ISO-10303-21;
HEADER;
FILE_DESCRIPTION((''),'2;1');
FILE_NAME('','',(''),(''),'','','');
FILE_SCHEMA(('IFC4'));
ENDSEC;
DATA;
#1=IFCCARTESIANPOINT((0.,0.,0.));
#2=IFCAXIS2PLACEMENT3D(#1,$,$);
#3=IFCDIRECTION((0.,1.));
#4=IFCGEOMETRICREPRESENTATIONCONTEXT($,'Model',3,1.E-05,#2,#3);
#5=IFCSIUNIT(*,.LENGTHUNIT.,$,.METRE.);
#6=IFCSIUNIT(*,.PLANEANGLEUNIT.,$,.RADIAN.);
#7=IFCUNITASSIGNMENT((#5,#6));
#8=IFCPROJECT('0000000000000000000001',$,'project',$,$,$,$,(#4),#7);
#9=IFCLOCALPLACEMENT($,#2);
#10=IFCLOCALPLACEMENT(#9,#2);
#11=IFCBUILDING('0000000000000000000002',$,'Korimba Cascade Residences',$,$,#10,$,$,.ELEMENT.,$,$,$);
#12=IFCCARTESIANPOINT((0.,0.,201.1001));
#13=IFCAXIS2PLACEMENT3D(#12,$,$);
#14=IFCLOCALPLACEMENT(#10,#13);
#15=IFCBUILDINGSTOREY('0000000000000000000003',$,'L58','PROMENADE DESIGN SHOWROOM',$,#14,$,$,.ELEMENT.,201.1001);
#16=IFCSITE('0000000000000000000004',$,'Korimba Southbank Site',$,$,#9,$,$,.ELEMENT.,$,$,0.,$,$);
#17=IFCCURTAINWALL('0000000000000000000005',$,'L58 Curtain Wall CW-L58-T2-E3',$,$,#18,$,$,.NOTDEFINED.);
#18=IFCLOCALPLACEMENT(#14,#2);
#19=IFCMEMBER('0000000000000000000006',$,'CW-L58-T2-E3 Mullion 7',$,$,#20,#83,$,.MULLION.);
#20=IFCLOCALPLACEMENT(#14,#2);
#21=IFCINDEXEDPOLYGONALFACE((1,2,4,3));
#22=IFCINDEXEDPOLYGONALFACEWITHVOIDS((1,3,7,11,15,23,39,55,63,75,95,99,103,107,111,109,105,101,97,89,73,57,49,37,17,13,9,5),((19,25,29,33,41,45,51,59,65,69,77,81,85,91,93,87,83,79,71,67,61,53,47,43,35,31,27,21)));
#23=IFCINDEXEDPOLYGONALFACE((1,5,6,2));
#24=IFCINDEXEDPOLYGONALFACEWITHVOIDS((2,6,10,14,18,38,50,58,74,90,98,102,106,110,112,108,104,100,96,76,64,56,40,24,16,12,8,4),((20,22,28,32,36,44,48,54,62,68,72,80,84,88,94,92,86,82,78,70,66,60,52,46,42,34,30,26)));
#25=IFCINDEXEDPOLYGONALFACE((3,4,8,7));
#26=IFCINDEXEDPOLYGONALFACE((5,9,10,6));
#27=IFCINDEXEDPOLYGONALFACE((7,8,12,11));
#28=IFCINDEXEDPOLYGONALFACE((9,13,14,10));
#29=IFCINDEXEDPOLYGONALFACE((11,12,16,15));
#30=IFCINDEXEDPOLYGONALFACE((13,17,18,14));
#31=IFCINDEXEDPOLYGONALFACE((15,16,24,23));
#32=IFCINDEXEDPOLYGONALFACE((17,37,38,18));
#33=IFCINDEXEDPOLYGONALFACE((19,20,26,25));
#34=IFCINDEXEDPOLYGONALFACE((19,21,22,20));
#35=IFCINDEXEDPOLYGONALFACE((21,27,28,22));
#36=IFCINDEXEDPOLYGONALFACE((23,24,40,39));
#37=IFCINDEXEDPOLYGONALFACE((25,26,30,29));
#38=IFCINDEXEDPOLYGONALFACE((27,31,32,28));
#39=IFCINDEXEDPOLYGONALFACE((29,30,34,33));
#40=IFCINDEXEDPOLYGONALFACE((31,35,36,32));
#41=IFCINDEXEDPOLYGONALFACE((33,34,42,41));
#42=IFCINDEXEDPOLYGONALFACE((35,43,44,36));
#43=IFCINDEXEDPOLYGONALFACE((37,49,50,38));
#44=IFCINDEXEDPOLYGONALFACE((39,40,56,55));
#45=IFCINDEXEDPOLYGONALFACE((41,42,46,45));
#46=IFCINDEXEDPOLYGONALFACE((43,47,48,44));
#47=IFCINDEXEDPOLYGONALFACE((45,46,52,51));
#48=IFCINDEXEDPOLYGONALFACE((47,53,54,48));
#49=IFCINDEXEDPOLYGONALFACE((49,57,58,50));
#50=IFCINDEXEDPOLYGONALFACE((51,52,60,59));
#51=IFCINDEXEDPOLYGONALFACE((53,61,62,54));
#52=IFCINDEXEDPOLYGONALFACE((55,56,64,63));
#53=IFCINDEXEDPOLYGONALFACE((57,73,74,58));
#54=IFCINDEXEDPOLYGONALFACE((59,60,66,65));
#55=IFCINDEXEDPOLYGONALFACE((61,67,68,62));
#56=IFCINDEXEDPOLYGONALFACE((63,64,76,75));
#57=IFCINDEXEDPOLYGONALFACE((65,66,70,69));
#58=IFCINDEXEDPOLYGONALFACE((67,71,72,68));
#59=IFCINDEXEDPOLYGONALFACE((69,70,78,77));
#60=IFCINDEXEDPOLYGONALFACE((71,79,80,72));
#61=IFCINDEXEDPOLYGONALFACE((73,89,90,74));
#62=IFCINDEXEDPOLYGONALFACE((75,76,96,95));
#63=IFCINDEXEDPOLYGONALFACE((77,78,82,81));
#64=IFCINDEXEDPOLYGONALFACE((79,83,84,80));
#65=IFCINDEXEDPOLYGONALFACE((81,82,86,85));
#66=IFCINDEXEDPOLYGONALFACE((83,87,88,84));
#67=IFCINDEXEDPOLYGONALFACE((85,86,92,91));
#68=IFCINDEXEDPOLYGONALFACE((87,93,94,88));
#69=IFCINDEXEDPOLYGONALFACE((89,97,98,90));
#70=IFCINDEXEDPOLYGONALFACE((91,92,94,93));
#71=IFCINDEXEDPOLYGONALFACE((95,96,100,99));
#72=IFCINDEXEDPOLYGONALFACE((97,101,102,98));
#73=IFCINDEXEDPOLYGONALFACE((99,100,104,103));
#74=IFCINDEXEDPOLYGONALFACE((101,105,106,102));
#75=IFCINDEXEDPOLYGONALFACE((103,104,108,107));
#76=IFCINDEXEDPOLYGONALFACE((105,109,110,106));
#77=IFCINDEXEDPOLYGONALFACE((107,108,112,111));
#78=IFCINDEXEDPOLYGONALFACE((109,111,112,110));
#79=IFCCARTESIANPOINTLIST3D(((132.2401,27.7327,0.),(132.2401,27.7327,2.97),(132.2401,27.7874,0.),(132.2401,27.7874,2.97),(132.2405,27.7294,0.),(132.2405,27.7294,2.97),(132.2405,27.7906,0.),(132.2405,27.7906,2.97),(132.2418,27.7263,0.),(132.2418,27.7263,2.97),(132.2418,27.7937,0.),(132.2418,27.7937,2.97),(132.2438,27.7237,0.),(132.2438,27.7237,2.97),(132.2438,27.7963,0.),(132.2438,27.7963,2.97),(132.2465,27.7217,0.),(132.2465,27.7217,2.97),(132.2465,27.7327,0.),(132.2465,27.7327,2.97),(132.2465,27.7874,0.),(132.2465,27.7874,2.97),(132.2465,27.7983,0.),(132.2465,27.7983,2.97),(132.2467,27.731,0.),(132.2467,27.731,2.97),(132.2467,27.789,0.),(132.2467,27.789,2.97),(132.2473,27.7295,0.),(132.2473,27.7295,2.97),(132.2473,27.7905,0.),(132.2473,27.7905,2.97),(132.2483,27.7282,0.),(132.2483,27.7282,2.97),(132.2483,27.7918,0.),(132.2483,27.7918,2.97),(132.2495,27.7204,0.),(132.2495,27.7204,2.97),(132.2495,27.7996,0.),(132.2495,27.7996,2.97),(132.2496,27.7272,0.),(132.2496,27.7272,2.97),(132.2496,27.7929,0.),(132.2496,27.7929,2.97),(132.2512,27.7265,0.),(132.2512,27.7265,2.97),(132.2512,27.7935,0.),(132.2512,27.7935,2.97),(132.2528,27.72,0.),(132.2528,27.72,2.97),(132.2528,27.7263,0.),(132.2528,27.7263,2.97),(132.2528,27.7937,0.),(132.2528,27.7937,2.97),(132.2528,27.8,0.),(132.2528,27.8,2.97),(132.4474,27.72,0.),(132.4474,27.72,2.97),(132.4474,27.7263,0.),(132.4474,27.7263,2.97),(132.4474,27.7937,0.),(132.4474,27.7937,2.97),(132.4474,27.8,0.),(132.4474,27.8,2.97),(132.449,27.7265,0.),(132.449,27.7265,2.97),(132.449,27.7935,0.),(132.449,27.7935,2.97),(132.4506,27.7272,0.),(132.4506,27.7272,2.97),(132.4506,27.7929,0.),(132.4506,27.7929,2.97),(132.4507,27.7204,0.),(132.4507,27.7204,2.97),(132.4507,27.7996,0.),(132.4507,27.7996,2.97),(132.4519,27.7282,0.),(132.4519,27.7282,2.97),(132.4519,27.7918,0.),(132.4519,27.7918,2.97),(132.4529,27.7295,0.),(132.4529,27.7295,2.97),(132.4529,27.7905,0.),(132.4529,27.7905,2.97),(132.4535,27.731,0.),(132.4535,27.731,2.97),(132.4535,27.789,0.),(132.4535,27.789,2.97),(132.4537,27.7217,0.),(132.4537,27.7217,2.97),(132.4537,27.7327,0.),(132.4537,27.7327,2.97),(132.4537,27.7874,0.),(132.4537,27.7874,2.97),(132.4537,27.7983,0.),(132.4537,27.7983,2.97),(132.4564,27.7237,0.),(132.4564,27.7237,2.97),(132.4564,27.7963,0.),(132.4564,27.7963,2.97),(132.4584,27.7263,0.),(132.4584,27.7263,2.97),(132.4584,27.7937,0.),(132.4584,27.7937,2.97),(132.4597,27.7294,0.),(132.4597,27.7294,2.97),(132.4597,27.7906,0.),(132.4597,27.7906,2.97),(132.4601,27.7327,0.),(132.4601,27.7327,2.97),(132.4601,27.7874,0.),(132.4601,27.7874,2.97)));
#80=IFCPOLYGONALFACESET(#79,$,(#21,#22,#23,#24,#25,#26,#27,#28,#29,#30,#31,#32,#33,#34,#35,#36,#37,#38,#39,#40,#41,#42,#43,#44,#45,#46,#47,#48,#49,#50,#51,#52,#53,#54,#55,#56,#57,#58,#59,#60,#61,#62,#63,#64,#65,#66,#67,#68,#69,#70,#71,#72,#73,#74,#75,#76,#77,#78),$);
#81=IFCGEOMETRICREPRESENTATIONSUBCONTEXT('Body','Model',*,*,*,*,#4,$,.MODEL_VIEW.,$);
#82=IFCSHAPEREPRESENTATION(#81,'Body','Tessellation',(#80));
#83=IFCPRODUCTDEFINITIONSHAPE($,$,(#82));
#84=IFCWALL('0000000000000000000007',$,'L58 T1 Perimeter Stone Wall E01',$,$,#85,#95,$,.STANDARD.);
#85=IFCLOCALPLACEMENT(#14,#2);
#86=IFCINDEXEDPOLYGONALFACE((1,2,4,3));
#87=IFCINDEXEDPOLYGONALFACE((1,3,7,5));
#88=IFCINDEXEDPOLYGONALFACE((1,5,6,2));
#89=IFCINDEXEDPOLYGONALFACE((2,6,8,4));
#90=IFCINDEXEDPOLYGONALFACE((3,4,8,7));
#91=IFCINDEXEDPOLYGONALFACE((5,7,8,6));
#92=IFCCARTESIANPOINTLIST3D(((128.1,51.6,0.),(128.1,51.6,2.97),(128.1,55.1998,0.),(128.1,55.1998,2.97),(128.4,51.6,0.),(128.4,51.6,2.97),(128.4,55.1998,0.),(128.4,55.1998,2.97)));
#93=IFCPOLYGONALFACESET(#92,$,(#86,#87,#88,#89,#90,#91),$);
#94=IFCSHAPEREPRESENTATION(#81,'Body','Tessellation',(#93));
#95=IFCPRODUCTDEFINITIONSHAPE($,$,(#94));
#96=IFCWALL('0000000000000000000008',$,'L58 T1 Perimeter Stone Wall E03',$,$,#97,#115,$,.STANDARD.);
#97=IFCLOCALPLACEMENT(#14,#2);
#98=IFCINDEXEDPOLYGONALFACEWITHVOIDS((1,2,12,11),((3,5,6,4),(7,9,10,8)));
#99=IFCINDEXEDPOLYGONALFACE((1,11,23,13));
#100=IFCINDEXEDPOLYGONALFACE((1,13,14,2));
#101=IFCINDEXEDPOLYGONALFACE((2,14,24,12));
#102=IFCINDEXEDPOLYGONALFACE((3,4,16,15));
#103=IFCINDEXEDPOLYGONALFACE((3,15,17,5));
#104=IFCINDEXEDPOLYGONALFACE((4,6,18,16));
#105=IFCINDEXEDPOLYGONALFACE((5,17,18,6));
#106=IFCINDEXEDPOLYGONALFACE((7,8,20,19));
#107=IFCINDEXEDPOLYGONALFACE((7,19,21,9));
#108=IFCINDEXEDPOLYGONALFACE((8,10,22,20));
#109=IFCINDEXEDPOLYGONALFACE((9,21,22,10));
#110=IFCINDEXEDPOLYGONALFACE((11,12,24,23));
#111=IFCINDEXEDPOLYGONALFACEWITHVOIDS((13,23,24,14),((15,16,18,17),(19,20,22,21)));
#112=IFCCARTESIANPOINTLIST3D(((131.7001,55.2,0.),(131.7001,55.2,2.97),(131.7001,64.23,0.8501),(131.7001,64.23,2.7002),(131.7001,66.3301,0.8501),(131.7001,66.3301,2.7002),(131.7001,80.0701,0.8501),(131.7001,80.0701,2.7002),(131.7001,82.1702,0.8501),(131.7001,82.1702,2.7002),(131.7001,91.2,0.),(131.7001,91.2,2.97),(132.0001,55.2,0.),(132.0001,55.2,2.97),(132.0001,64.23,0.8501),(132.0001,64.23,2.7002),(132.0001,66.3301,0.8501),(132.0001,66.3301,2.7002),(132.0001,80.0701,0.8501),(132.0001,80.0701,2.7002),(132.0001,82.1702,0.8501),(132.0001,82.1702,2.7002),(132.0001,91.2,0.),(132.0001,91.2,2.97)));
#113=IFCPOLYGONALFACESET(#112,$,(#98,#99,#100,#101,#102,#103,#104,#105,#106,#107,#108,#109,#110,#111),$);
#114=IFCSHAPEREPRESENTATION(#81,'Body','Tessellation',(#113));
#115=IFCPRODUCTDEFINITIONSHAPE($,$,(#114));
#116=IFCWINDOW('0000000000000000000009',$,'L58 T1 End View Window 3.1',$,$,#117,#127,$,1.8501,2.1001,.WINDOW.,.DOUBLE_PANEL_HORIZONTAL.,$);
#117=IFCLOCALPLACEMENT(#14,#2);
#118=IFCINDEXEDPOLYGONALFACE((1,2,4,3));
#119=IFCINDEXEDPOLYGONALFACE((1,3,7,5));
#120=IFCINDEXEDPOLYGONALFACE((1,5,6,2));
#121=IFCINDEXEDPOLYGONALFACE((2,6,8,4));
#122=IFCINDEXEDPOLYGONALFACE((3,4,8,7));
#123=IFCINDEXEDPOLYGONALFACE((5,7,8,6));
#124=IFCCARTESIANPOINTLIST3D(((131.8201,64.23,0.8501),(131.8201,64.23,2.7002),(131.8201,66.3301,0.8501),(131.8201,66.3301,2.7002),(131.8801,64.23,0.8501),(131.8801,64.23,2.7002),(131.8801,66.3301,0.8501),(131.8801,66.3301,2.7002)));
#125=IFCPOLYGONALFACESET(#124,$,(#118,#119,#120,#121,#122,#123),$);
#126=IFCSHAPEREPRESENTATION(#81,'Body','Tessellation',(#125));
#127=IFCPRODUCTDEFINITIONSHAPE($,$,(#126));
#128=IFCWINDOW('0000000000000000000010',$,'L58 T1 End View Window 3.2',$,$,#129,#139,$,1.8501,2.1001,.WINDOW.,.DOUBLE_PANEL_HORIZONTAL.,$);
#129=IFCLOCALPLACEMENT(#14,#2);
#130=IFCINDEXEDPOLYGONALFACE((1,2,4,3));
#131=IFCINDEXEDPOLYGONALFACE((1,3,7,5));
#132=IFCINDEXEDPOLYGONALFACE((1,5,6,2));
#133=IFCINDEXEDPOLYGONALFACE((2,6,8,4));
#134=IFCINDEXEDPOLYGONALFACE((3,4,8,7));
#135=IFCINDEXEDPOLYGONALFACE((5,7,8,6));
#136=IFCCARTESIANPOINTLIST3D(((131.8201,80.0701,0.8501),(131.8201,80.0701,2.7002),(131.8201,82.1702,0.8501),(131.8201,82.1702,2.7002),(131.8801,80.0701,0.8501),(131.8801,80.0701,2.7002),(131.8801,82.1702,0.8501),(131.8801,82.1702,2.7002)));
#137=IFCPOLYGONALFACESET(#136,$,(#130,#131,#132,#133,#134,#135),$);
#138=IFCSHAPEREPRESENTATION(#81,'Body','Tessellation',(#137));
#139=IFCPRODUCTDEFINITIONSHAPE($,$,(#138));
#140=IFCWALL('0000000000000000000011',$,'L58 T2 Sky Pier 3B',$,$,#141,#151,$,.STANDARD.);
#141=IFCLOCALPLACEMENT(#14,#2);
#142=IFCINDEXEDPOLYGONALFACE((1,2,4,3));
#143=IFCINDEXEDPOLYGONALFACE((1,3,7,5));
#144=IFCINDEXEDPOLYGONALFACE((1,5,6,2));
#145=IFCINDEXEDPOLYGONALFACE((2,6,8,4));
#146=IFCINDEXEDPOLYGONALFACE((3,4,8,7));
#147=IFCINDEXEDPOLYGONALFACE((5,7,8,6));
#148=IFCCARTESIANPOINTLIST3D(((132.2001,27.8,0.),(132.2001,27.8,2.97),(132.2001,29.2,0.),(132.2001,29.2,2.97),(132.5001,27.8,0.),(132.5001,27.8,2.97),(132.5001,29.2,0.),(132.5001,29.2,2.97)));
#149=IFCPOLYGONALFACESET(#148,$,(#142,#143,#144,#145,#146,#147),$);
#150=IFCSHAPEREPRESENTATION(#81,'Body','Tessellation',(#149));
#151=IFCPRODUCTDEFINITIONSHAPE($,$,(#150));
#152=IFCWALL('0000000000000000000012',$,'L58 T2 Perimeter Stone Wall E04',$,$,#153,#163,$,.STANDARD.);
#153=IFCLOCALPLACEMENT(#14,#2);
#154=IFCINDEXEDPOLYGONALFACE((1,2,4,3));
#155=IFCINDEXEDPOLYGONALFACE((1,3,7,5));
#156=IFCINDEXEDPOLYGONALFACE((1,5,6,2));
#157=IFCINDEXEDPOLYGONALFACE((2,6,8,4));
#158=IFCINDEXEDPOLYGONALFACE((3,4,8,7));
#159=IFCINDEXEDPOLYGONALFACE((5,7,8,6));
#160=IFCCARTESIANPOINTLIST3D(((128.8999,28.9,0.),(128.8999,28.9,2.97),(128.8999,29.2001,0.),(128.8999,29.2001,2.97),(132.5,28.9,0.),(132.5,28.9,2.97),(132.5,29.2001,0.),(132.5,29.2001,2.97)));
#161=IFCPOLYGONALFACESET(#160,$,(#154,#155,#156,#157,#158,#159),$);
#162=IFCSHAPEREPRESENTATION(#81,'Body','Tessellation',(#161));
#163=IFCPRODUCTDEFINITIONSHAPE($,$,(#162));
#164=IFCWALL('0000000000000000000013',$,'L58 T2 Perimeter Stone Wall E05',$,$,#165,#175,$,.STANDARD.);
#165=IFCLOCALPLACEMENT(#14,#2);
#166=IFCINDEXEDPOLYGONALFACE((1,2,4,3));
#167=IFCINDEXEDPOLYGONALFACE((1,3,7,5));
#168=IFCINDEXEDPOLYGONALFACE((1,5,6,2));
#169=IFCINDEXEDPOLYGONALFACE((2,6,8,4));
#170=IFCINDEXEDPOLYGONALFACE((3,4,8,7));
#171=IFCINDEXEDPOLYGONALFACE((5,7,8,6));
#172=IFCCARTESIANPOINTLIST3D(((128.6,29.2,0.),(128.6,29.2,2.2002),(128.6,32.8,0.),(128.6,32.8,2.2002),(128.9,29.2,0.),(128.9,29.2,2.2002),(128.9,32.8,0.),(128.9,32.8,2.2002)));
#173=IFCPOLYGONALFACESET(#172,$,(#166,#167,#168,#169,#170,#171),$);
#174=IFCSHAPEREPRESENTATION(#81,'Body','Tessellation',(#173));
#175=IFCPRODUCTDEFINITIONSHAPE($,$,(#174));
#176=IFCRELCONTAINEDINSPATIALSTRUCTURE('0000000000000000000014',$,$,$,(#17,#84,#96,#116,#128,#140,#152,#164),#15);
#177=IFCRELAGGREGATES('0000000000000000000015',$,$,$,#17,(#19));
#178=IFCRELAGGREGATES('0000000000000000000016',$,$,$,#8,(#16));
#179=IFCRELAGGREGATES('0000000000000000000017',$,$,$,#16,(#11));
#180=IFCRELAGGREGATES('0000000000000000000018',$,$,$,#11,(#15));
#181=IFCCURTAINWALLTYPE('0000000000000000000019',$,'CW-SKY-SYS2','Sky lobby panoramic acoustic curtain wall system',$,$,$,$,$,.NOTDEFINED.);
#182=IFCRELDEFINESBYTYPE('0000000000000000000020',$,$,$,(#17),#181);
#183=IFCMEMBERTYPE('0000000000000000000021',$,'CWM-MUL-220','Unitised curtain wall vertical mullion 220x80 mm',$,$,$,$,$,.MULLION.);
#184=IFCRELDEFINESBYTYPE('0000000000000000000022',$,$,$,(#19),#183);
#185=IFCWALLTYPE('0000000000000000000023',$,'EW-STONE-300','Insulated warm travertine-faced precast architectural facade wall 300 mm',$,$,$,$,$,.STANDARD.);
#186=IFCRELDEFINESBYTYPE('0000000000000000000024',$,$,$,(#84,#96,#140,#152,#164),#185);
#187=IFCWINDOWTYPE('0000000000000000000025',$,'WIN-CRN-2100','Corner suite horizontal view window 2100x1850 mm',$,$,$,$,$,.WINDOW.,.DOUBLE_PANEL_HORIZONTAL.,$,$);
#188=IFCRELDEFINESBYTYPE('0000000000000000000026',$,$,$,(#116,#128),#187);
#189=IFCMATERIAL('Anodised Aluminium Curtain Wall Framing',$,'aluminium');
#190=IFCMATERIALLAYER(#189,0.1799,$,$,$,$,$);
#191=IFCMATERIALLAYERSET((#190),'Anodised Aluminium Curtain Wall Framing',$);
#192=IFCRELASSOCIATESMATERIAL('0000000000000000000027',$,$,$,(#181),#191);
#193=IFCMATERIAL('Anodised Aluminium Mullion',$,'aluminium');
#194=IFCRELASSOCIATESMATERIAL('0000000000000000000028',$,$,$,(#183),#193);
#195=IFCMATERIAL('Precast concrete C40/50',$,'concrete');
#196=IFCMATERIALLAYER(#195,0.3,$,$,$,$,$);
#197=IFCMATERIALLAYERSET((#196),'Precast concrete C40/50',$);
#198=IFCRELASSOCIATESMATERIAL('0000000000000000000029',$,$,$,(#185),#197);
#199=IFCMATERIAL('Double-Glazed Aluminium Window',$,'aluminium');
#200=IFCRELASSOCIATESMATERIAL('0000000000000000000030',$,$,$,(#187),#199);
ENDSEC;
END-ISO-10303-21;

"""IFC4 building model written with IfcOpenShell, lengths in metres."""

from ifc_helpers import new_model, si_unit, direction, frame, frame_2d, origin, origin_2d, place, context, subcontext, project, spatial, rectangle, hollow_rectangle, extrude, material, layer, layer_set, material_profile, profile_set, type_object, element, fill, aggregate, save


model = new_model("IFC4")

# Units and contexts
model_context = context("Model", 3, precision=1e-05, world=origin(), true_north=direction((0.0, 1.0)))
body_context = subcontext(model_context, "Body", "Model", "MODEL_VIEW")
ifc_project = project(units=[si_unit("LENGTHUNIT", "METRE"), si_unit("PLANEANGLEUNIT", "RADIAN")], contexts=[model_context])

# Site, building, storey
site_placement = place(None, origin())
site = spatial("IfcSite", under=ifc_project, at=site_placement, Name="Korimba Southbank Site", CompositionType="ELEMENT", RefElevation=0.0)
building_placement = place(site_placement, origin())
building = spatial("IfcBuilding", under=site, at=building_placement, Name="Korimba Cascade Residences", CompositionType="ELEMENT")
storey_placement = place(building_placement, frame((0.0, 0.0, 201.1001)))
storey = spatial("IfcBuildingStorey", under=building, at=storey_placement, Name="L58", Description="PROMENADE DESIGN SHOWROOM", CompositionType="ELEMENT", Elevation=201.1001)

# Curtain wall, member
ifc_material_1 = material(Name="Anodised Aluminium Curtain Wall Framing", Category="aluminium")
ifc_layer_1 = layer(ifc_material_1, 0.1799)
ifc_layer_set_1 = layer_set([ifc_layer_1], Name="Anodised Aluminium Curtain Wall Framing")
curtain_wall_type = type_object("IfcCurtainWallType", Name="CW-SKY-SYS2", Description="Sky lobby panoramic acoustic curtain wall system", PredefinedType="NOTDEFINED", material=ifc_layer_set_1)
curtain_wall_placement = place(storey_placement, origin())
curtain_wall = element("IfcCurtainWall", 1, at=curtain_wall_placement, inside=storey, type_object=curtain_wall_type, Name="L58 Curtain Wall CW-L58-T2-E3", PredefinedType="NOTDEFINED")
ifc_material_2 = material(Name="Anodised Aluminium Mullion", Category="aluminium")
ifc_material_profile_1 = material_profile(ifc_material_2, hollow_rectangle(XDim=0.0801, YDim=0.22, WallThickness=0.0063, InnerFilletRadius=0.0063, OuterFilletRadius=0.0127, at=origin_2d()), Name="Anodised Aluminium Mullion")
ifc_profile_set_1 = profile_set([ifc_material_profile_1], Name="Anodised Aluminium Mullion")
member_type = type_object("IfcMemberType", Name="CWM-MUL-220", Description="Unitised curtain wall vertical mullion 220x80 mm", PredefinedType="MULLION", material=ifc_profile_set_1)
member_placement = place(storey_placement, frame((132.3501, 27.76, 0.0), z_axis=(0.0, 0.0, 1.0), x_axis=(0.0, 1.0, 0.0)))
member = element("IfcMember", 2, at=member_placement, type_object=member_type, Name="CW-L58-T2-E3 Mullion 7", PredefinedType="MULLION", context=body_context, shape_type="SweptSolid", body=[
    extrude(hollow_rectangle(XDim=0.0801, YDim=0.22, WallThickness=0.0063, InnerFilletRadius=0.0063, OuterFilletRadius=0.0127, at=origin_2d()), origin(), (0.0, 0.0, 1.0), 2.97),
])
aggregate(curtain_wall, [member])

# Wall
ifc_material_3 = material(Name="Precast concrete C40/50", Category="concrete")
ifc_layer_2 = layer(ifc_material_3, 0.3)
ifc_layer_set_2 = layer_set([ifc_layer_2], Name="Precast concrete C40/50")
wall_type_1 = type_object("IfcWallType", Name="EW-STONE-300", Description="Insulated warm travertine-faced precast architectural facade wall 300 mm", PredefinedType="STANDARD", material=ifc_layer_set_2)
wall_1_placement = place(storey_placement, frame((128.25, 51.6001, 0.0), z_axis=(0.0, 0.0, 1.0), x_axis=(0.0, 1.0, 0.0)))
element("IfcWall", 3, at=wall_1_placement, inside=storey, type_object=wall_type_1, Name="L58 T1 Perimeter Stone Wall E01", PredefinedType="STANDARD", context=body_context, shape_type="SweptSolid", body=[
    extrude(rectangle(XDim=3.5999, YDim=0.3, at=frame_2d((1.7998, 0.0))), origin(), (0.0, 0.0, 1.0), 2.97),
])

# Wall, openings, windows
wall_2_placement = place(storey_placement, frame((131.8501, 55.2, 0.0), z_axis=(0.0, 0.0, 1.0), x_axis=(0.0, 1.0, 0.0)))
wall_2 = element("IfcWall", 4, at=wall_2_placement, inside=storey, type_object=wall_type_1, Name="L58 T1 Perimeter Stone Wall E03", PredefinedType="STANDARD", context=body_context, shape_type="SweptSolid", body=[
    extrude(rectangle(XDim=36.0, YDim=0.3, at=frame_2d((18.0, 0.0))), origin(), (0.0, 0.0, 1.0), 2.97),
])
opening_1_placement = place(wall_2_placement, frame((9.03, 0.0, 0.8501)))
opening_1 = element("IfcOpeningElement", 5, at=opening_1_placement, cuts=wall_2, PredefinedType="OPENING", context=body_context, shape_type="SweptSolid", body=[
    extrude(rectangle(XDim=2.1001, YDim=1.8501, at=frame_2d((1.05, 0.925))), frame((0.0, 0.1602, 0.0), z_axis=(0.0, -1.0, 0.0), x_axis=(1.0, 0.0, 0.0)), (0.0, 0.0, 1.0), 0.3201),
])
opening_2_placement = place(wall_2_placement, frame((24.8701, 0.0, 0.8501)))
opening_2 = element("IfcOpeningElement", 6, at=opening_2_placement, cuts=wall_2, PredefinedType="OPENING", context=body_context, shape_type="SweptSolid", body=[
    extrude(rectangle(XDim=2.1001, YDim=1.8501, at=frame_2d((1.05, 0.925))), frame((0.0, 0.1602, 0.0), z_axis=(0.0, -1.0, 0.0), x_axis=(1.0, 0.0, 0.0)), (0.0, 0.0, 1.0), 0.3201),
])
ifc_material_4 = material(Name="Double-Glazed Aluminium Window", Category="aluminium")
window_type_1 = type_object("IfcWindowType", Name="WIN-CRN-2100", Description="Corner suite horizontal view window 2100x1850 mm", PartitioningType="DOUBLE_PANEL_HORIZONTAL", PredefinedType="WINDOW", material=ifc_material_4)
window_1_placement = place(opening_1_placement, origin())
window_1 = element("IfcWindow", 7, at=window_1_placement, inside=storey, type_object=window_type_1, Name="L58 T1 End View Window 3.1", OverallHeight=1.8501, OverallWidth=2.1001, PartitioningType="DOUBLE_PANEL_HORIZONTAL", PredefinedType="WINDOW", context=body_context, shape_type="SweptSolid", body=[
    extrude(rectangle(XDim=2.1001, YDim=1.8501, at=frame_2d((1.05, 0.925))), frame((0.0, 0.03, 0.0), z_axis=(0.0, -1.0, 0.0), x_axis=(1.0, 0.0, 0.0)), (0.0, 0.0, 1.0), 0.0601),
])
fill(opening_1, window_1)
window_2_placement = place(opening_2_placement, origin())
window_2 = element("IfcWindow", 8, at=window_2_placement, inside=storey, type_object=window_type_1, Name="L58 T1 End View Window 3.2", OverallHeight=1.8501, OverallWidth=2.1001, PartitioningType="DOUBLE_PANEL_HORIZONTAL", PredefinedType="WINDOW", context=body_context, shape_type="SweptSolid", body=[
    extrude(rectangle(XDim=2.1001, YDim=1.8501, at=frame_2d((1.05, 0.925))), frame((0.0, 0.03, 0.0), z_axis=(0.0, -1.0, 0.0), x_axis=(1.0, 0.0, 0.0)), (0.0, 0.0, 1.0), 0.0601),
])
fill(opening_2, window_2)

# Walls
wall_3_placement = place(storey_placement, frame((132.3501, 27.8, 0.0), z_axis=(0.0, 0.0, 1.0), x_axis=(0.0, 1.0, 0.0)))
element("IfcWall", 9, at=wall_3_placement, inside=storey, type_object=wall_type_1, Name="L58 T2 Sky Pier 3B", PredefinedType="STANDARD", context=body_context, shape_type="SweptSolid", body=[
    extrude(rectangle(XDim=1.3999, YDim=0.3, at=frame_2d((0.7, 0.0))), origin(), (0.0, 0.0, 1.0), 2.97),
])
wall_4_placement = place(storey_placement, frame((132.5, 29.05, 0.0), z_axis=(0.0, 0.0, 1.0), x_axis=(-1.0, 0.0, 0.0)))
element("IfcWall", 10, at=wall_4_placement, inside=storey, type_object=wall_type_1, Name="L58 T2 Perimeter Stone Wall E04", PredefinedType="STANDARD", context=body_context, shape_type="SweptSolid", body=[
    extrude(rectangle(XDim=3.6001, YDim=0.3, at=frame_2d((1.8, 0.0))), origin(), (0.0, 0.0, 1.0), 2.97),
])
wall_5_placement = place(storey_placement, frame((128.75, 29.2, 0.0), z_axis=(0.0, 0.0, 1.0), x_axis=(0.0, 1.0, 0.0)))
element("IfcWall", 11, at=wall_5_placement, inside=storey, type_object=wall_type_1, Name="L58 T2 Perimeter Stone Wall E05", PredefinedType="STANDARD", context=body_context, shape_type="SweptSolid", body=[
    extrude(rectangle(XDim=3.6001, YDim=0.3, at=frame_2d((1.8, 0.0))), origin(), (0.0, 0.0, 1.0), 2.2002),
])

save(model, "model.ifc")
